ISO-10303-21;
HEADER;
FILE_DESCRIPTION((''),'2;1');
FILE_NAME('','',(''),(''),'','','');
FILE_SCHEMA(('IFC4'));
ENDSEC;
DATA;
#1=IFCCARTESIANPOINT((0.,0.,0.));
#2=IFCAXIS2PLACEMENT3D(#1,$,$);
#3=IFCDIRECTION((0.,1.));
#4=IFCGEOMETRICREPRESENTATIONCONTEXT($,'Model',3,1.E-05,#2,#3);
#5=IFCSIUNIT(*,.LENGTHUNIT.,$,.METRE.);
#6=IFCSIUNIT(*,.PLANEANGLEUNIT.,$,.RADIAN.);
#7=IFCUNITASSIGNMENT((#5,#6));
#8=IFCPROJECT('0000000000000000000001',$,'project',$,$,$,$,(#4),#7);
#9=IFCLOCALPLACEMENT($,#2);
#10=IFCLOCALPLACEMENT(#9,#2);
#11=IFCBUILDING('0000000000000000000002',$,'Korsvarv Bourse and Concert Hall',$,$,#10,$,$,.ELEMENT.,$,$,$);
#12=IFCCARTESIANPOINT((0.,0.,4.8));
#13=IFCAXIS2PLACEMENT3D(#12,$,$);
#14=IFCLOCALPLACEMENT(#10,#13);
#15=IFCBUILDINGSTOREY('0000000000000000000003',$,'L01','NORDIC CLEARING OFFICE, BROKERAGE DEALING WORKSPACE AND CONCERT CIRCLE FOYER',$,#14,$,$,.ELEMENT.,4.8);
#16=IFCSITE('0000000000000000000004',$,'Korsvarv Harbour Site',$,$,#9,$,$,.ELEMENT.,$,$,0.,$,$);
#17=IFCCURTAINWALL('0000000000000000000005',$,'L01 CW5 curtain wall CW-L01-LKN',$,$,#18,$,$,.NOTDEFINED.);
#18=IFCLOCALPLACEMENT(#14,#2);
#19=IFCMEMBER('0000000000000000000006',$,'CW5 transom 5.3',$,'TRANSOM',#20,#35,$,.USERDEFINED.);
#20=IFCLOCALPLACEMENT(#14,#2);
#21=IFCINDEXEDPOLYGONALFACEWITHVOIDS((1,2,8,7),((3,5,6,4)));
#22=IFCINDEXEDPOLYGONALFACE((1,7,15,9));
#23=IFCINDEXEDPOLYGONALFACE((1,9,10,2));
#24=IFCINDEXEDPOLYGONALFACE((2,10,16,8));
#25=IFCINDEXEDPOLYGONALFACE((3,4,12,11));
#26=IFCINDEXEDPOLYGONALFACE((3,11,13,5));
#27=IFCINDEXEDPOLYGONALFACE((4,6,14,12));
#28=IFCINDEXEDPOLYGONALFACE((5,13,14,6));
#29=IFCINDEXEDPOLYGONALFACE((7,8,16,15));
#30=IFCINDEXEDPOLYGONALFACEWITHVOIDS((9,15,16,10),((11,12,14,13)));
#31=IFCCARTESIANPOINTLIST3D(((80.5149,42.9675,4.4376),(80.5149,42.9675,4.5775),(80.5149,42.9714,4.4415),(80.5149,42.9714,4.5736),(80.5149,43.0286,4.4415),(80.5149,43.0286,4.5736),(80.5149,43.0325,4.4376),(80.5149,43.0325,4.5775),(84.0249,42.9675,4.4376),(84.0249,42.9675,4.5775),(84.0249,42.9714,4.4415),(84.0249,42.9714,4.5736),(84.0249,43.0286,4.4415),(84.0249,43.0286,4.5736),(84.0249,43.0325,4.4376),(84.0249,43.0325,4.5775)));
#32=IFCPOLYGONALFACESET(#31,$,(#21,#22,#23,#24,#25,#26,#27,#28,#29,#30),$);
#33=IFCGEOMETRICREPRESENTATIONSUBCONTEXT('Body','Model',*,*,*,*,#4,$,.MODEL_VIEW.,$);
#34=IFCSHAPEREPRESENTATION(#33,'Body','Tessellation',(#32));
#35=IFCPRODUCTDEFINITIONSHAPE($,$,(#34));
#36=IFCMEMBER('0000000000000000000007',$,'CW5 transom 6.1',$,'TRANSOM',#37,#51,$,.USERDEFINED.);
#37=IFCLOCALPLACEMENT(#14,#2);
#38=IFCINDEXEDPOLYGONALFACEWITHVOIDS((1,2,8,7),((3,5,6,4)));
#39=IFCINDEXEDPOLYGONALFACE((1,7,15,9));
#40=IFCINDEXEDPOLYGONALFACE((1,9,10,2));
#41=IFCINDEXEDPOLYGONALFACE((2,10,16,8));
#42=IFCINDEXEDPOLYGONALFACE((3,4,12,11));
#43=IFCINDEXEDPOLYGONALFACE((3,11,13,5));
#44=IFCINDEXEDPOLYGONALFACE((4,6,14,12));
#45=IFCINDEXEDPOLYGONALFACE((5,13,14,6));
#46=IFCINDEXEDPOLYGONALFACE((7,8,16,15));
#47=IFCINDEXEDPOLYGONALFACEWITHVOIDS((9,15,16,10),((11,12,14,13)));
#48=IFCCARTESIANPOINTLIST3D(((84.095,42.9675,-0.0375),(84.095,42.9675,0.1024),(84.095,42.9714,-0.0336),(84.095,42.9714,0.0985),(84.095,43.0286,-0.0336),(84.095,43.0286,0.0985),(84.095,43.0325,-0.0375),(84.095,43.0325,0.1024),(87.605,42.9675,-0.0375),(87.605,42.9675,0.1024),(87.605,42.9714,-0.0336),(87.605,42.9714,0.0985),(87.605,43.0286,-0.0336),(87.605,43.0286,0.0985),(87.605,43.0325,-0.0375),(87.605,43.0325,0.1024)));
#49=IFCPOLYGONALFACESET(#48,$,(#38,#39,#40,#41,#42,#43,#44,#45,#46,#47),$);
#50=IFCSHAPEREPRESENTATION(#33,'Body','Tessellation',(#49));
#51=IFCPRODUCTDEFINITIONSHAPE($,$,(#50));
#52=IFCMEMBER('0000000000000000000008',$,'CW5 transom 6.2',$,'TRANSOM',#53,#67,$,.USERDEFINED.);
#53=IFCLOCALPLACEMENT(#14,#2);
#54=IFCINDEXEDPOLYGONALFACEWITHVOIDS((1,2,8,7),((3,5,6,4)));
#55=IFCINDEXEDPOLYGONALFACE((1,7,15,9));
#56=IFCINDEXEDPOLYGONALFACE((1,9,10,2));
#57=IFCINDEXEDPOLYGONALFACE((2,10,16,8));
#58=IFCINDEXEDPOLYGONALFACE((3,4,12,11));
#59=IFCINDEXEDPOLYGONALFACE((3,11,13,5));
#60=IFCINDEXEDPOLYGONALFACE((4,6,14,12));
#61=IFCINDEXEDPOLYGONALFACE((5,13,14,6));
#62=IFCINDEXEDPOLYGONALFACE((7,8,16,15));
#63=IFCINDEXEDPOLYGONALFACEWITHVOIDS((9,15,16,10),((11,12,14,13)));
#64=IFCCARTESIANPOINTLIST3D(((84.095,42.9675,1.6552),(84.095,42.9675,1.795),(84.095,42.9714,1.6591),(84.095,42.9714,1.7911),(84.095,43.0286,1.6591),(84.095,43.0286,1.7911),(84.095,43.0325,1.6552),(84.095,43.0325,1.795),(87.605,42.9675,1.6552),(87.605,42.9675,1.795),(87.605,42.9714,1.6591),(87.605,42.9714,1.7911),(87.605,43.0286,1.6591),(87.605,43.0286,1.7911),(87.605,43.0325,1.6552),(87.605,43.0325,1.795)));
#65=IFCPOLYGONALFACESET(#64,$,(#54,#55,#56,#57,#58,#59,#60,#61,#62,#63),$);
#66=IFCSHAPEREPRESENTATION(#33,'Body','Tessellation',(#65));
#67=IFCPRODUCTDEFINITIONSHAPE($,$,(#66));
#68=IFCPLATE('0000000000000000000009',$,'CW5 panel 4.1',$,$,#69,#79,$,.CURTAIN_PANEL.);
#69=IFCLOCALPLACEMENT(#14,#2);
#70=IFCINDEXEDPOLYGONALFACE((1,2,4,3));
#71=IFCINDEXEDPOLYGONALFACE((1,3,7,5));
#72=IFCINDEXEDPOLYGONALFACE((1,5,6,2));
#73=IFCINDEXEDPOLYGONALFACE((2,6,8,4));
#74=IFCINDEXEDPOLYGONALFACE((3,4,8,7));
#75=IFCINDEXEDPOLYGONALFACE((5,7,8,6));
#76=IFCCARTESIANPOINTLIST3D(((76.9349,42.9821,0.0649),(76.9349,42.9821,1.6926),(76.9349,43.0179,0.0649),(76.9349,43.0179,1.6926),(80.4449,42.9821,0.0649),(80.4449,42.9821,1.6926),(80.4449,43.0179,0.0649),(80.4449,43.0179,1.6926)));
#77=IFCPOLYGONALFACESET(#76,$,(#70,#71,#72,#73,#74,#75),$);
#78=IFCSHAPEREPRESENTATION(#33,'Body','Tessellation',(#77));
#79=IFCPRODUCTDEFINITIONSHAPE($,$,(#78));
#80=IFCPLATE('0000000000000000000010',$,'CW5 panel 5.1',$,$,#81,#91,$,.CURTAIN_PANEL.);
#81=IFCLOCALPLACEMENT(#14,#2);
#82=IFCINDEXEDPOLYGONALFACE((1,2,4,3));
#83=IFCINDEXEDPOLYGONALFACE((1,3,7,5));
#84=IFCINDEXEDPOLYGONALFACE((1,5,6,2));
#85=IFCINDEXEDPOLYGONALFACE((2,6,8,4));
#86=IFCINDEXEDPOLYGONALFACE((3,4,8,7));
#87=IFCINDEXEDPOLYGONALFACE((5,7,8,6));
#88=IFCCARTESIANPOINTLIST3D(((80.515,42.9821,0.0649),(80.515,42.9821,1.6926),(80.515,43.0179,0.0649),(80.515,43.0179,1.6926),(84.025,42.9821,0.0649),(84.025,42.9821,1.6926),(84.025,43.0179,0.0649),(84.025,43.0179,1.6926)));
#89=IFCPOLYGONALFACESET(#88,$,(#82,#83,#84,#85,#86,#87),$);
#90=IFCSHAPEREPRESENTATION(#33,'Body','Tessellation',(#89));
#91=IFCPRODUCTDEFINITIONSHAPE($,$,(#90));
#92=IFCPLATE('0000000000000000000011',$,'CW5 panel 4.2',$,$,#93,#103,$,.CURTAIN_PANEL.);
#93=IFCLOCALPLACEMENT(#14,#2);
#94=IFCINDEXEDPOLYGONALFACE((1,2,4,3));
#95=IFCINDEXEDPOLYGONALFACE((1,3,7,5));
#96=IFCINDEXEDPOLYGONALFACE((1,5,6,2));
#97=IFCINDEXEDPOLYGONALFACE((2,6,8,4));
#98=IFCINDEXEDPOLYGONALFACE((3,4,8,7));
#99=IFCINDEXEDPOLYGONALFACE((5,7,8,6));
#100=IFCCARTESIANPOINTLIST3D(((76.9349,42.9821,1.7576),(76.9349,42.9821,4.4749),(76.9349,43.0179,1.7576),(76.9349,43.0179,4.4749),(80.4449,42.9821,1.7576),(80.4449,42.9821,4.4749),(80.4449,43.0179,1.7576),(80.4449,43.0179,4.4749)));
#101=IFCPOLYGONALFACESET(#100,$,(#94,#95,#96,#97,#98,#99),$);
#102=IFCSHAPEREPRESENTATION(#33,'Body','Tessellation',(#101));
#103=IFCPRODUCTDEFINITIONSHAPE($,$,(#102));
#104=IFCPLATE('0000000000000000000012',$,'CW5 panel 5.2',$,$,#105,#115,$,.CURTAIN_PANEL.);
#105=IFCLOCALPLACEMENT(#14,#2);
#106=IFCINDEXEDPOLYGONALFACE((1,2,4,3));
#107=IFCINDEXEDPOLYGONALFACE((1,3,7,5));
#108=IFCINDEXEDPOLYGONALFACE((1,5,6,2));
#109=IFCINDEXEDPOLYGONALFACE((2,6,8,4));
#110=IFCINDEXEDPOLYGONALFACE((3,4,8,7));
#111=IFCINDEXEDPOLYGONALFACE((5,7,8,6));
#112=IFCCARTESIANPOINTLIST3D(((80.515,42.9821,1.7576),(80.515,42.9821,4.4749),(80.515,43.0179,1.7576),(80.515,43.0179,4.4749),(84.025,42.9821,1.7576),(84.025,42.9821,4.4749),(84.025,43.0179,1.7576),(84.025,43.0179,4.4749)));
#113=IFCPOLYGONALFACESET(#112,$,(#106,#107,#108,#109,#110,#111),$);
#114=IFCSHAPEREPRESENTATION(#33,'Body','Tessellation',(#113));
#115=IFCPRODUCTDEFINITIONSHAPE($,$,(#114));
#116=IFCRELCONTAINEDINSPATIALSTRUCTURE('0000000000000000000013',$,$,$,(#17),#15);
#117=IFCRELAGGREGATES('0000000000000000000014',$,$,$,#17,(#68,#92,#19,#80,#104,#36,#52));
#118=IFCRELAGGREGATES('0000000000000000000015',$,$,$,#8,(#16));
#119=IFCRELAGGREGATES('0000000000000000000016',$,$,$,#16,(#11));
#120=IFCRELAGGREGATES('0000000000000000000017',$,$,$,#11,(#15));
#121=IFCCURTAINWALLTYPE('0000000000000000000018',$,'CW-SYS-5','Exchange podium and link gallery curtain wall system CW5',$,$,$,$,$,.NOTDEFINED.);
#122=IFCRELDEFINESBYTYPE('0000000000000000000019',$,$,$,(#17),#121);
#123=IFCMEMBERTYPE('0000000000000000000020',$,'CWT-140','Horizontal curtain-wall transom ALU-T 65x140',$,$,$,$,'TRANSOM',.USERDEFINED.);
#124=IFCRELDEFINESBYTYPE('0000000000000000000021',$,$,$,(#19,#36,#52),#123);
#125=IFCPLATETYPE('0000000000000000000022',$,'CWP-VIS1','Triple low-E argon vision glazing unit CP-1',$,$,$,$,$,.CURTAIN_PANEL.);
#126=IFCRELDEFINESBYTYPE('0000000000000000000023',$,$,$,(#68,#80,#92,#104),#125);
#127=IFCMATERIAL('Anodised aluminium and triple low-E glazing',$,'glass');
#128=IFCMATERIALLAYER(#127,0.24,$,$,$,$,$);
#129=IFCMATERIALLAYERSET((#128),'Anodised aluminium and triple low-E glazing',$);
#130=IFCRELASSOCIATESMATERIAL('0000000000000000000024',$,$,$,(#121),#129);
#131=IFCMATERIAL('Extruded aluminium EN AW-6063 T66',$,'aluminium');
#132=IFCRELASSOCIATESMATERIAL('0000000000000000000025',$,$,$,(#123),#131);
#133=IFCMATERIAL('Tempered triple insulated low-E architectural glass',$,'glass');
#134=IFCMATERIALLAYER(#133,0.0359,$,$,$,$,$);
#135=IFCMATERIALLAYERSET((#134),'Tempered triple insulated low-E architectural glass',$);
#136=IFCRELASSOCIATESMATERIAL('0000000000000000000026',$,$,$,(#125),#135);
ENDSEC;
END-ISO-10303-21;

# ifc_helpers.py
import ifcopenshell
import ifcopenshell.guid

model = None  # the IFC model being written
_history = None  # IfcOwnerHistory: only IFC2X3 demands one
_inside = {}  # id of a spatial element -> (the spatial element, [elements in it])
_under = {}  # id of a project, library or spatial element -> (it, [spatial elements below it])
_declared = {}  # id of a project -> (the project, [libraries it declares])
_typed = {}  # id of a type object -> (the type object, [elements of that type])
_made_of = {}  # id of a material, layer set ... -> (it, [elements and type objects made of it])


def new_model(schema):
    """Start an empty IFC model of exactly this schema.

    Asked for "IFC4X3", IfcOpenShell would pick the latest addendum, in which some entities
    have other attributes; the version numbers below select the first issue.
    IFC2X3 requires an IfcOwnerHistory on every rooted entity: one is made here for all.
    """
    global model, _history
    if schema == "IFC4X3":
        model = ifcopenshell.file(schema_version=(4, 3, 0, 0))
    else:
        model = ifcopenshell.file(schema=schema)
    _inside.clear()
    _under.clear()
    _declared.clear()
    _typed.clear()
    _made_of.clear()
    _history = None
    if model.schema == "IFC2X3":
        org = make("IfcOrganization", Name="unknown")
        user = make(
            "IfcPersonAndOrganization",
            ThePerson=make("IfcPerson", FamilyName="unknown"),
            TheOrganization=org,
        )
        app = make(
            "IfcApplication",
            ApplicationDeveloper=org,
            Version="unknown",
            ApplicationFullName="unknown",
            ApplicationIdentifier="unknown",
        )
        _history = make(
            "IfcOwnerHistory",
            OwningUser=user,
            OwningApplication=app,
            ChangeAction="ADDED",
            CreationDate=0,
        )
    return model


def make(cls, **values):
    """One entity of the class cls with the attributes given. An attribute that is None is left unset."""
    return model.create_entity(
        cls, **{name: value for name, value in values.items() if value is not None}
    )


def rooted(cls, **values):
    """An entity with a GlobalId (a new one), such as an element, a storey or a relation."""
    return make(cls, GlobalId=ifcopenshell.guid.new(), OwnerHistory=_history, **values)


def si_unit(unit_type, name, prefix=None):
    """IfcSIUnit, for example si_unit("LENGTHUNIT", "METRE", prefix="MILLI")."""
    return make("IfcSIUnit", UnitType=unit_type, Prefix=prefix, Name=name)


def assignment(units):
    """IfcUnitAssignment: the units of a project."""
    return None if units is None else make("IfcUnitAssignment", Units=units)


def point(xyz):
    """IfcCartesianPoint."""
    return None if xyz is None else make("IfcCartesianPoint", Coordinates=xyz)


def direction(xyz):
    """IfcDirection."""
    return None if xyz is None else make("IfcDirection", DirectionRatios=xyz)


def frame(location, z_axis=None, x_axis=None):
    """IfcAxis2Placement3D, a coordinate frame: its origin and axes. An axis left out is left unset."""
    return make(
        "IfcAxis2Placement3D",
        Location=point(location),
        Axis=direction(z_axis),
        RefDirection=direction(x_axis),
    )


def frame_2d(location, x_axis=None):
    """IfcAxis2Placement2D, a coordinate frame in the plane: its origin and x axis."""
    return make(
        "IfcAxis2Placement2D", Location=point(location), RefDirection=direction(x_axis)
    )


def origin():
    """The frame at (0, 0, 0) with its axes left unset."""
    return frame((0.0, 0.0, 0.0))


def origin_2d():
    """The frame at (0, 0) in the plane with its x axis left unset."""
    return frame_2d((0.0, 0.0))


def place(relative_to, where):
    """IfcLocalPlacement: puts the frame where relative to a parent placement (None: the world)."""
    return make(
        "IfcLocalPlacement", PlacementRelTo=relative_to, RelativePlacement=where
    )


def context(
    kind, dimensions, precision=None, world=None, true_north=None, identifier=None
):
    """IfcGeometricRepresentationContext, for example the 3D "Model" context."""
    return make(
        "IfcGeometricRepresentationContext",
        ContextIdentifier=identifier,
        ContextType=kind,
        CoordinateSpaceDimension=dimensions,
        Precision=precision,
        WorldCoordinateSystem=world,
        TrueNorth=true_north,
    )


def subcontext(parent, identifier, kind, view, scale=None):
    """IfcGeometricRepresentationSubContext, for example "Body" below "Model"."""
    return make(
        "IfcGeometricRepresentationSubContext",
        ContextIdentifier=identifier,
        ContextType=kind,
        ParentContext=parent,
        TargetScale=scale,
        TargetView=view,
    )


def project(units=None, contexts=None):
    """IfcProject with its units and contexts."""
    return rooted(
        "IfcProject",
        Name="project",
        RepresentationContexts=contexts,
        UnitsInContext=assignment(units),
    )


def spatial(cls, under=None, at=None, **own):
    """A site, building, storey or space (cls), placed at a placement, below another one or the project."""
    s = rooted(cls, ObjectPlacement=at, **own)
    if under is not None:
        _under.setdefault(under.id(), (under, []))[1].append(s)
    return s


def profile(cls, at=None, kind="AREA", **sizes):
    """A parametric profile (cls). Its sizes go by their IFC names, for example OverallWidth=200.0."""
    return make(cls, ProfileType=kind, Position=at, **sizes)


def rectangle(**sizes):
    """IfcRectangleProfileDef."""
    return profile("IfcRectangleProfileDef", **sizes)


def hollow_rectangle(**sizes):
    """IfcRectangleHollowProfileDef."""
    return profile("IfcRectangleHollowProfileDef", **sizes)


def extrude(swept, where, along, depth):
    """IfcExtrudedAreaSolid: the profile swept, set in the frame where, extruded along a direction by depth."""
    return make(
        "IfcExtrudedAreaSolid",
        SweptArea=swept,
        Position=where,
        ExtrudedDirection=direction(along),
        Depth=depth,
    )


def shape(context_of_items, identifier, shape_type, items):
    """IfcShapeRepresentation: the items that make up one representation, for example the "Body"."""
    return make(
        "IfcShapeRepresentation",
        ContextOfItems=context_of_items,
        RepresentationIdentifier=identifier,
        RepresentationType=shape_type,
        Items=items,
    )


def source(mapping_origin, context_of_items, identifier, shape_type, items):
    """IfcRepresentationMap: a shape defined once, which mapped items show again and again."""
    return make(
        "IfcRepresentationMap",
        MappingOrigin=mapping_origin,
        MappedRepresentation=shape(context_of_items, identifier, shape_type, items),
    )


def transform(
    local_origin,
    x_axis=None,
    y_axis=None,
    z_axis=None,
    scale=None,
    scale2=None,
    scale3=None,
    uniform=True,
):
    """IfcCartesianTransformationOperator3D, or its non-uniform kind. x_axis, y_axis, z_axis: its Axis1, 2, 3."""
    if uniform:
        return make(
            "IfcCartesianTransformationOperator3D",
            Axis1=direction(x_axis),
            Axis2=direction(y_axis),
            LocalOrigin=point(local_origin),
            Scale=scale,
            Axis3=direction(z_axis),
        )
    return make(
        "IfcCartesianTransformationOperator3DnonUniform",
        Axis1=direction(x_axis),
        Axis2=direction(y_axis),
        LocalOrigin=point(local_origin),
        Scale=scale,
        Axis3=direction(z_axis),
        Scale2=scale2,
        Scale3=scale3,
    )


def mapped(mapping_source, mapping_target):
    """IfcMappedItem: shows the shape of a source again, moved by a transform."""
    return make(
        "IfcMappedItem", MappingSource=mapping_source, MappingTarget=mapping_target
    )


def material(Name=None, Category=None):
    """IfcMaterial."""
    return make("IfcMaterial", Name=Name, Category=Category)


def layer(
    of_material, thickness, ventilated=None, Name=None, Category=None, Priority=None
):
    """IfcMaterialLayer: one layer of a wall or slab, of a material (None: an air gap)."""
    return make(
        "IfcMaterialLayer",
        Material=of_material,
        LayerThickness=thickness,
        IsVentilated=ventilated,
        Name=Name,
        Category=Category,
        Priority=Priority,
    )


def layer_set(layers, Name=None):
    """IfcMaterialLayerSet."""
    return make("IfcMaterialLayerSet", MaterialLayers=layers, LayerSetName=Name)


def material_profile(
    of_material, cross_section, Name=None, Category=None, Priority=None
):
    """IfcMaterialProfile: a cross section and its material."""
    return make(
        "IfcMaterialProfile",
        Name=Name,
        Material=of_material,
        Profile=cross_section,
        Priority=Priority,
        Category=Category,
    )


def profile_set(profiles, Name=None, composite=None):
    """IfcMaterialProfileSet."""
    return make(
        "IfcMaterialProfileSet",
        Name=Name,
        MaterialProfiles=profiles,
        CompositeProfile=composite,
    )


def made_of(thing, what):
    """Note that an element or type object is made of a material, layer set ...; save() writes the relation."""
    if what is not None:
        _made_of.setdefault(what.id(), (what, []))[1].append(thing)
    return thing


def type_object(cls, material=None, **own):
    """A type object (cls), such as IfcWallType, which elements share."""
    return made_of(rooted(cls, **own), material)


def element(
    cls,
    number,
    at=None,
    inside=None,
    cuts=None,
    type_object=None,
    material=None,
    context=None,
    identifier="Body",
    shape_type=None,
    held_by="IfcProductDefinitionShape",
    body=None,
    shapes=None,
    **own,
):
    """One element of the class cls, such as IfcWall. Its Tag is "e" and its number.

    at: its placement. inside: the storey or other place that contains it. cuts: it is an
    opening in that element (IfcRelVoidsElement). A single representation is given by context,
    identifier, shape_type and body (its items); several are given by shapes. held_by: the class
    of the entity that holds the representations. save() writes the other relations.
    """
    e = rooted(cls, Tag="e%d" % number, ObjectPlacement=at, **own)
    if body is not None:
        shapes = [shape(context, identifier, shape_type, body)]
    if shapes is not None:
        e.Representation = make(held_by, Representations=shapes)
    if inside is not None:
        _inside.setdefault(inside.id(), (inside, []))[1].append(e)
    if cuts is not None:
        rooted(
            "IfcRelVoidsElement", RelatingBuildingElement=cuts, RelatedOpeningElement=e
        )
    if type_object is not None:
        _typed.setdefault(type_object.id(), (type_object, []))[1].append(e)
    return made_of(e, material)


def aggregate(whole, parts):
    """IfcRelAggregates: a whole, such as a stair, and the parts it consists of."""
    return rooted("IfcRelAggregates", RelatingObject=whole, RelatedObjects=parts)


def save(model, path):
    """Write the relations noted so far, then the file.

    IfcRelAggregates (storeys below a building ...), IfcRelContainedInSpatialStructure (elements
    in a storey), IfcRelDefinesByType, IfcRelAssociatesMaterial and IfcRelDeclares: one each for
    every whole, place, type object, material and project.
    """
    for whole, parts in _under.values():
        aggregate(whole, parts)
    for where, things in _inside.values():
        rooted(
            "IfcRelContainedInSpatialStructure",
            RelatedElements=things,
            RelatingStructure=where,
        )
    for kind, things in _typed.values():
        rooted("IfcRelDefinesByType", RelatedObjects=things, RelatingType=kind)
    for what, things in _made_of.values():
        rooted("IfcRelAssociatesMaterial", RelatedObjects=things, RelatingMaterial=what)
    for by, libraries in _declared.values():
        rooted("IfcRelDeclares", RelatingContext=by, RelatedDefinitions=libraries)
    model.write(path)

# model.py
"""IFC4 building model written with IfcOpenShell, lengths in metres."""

from ifc_helpers import new_model, si_unit, direction, frame, origin, origin_2d, place, context, subcontext, project, spatial, rectangle, hollow_rectangle, extrude, source, transform, mapped, material, layer, layer_set, material_profile, profile_set, type_object, element, aggregate, save


model = new_model("IFC4")

# Units and contexts
model_context = context("Model", 3, precision=1e-05, world=origin(), true_north=direction((0.0, 1.0)))
body_context = subcontext(model_context, "Body", "Model", "MODEL_VIEW")
ifc_project = project(units=[si_unit("LENGTHUNIT", "METRE"), si_unit("PLANEANGLEUNIT", "RADIAN")], contexts=[model_context])

# Site, building, storey
site_placement = place(None, origin())
site = spatial("IfcSite", under=ifc_project, at=site_placement, Name="Korsvarv Harbour Site", CompositionType="ELEMENT", RefElevation=0.0)
building_placement = place(site_placement, origin())
building = spatial("IfcBuilding", under=site, at=building_placement, Name="Korsvarv Bourse and Concert Hall", CompositionType="ELEMENT")
storey_placement = place(building_placement, frame((0.0, 0.0, 4.8)))
storey = spatial("IfcBuildingStorey", under=building, at=storey_placement, Name="L01", Description="NORDIC CLEARING OFFICE, BROKERAGE DEALING WORKSPACE AND CONCERT CIRCLE FOYER", CompositionType="ELEMENT", Elevation=4.8)

# Curtain wall, members, plates
ifc_material_1 = material(Name="Anodised aluminium and triple low-E glazing", Category="glass")
ifc_layer_1 = layer(ifc_material_1, 0.24)
ifc_layer_set_1 = layer_set([ifc_layer_1], Name="Anodised aluminium and triple low-E glazing")
curtain_wall_type = type_object("IfcCurtainWallType", Name="CW-SYS-5", Description="Exchange podium and link gallery curtain wall system CW5", PredefinedType="NOTDEFINED", material=ifc_layer_set_1)
curtain_wall_placement = place(storey_placement, origin())
curtain_wall = element("IfcCurtainWall", 1, at=curtain_wall_placement, inside=storey, type_object=curtain_wall_type, Name="L01 CW5 curtain wall CW-L01-LKN", PredefinedType="NOTDEFINED")
ifc_material_2 = material(Name="Extruded aluminium EN AW-6063 T66", Category="aluminium")
ifc_material_profile_1 = material_profile(ifc_material_2, hollow_rectangle(XDim=0.0649, YDim=0.1399, WallThickness=0.0039, at=origin_2d()), Name="ALU-T 65x140")
ifc_profile_set_1 = profile_set([ifc_material_profile_1], Name="Extruded aluminium EN AW-6063 T66")
member_type_1 = type_object("IfcMemberType", Name="CWT-140", Description="Horizontal curtain-wall transom ALU-T 65x140", ElementType="TRANSOM", PredefinedType="USERDEFINED", material=ifc_profile_set_1)
shared_shape_1 = source(origin(), body_context, "Body", "SweptSolid", [
    extrude(hollow_rectangle(XDim=0.0649, YDim=0.1399, WallThickness=0.0039, at=origin_2d()), origin(), (0.0, 0.0, 1.0), 3.51),
])
member_1_placement = place(storey_placement, frame((80.5149, 43.0, 4.5076), z_axis=(1.0, 0.0, 0.0), x_axis=(0.0, 1.0, 0.0)))
member_1 = element("IfcMember", 2, at=member_1_placement, type_object=member_type_1, Name="CW5 transom 5.3", ObjectType="TRANSOM", PredefinedType="USERDEFINED", context=body_context, shape_type="MappedRepresentation", body=[
    mapped(shared_shape_1, transform((0.0, 0.0, 0.0), scale=1.0)),
])
member_2_placement = place(storey_placement, frame((84.095, 43.0, 0.0325), z_axis=(1.0, 0.0, 0.0), x_axis=(0.0, 1.0, 0.0)))
member_2 = element("IfcMember", 3, at=member_2_placement, type_object=member_type_1, Name="CW5 transom 6.1", ObjectType="TRANSOM", PredefinedType="USERDEFINED", context=body_context, shape_type="MappedRepresentation", body=[
    mapped(shared_shape_1, transform((0.0, 0.0, 0.0), scale=1.0)),
])
member_3_placement = place(storey_placement, frame((84.095, 43.0, 1.7251), z_axis=(1.0, 0.0, 0.0), x_axis=(0.0, 1.0, 0.0)))
member_3 = element("IfcMember", 4, at=member_3_placement, type_object=member_type_1, Name="CW5 transom 6.2", ObjectType="TRANSOM", PredefinedType="USERDEFINED", context=body_context, shape_type="MappedRepresentation", body=[
    mapped(shared_shape_1, transform((0.0, 0.0, 0.0), scale=1.0)),
])
ifc_material_3 = material(Name="Tempered triple insulated low-E architectural glass", Category="glass")
ifc_layer_2 = layer(ifc_material_3, 0.0359)
ifc_layer_set_2 = layer_set([ifc_layer_2], Name="Tempered triple insulated low-E architectural glass")
plate_type = type_object("IfcPlateType", Name="CWP-VIS1", Description="Triple low-E argon vision glazing unit CP-1", PredefinedType="CURTAIN_PANEL", material=ifc_layer_set_2)
shared_shape_2 = source(origin(), body_context, "Body", "SweptSolid", [
    extrude(rectangle(XDim=3.51, YDim=0.0359, at=origin_2d()), origin(), (0.0, 0.0, 1.0), 1.6277),
])
plate_1_placement = place(storey_placement, frame((78.6899, 43.0, 0.0649), z_axis=(0.0, 0.0, 1.0), x_axis=(1.0, 0.0, 0.0)))
plate_1 = element("IfcPlate", 5, at=plate_1_placement, type_object=plate_type, Name="CW5 panel 4.1", PredefinedType="CURTAIN_PANEL", context=body_context, shape_type="MappedRepresentation", body=[
    mapped(shared_shape_2, transform((0.0, 0.0, 0.0), scale=1.0)),
])
plate_2_placement = place(storey_placement, frame((82.27, 43.0, 0.0649), z_axis=(0.0, 0.0, 1.0), x_axis=(1.0, 0.0, 0.0)))
plate_2 = element("IfcPlate", 6, at=plate_2_placement, type_object=plate_type, Name="CW5 panel 5.1", PredefinedType="CURTAIN_PANEL", context=body_context, shape_type="MappedRepresentation", body=[
    mapped(shared_shape_2, transform((0.0, 0.0, 0.0), scale=1.0)),
])
shared_shape_3 = source(origin(), body_context, "Body", "SweptSolid", [
    extrude(rectangle(XDim=3.51, YDim=0.0359, at=origin_2d()), origin(), (0.0, 0.0, 1.0), 2.7173),
])
plate_3_placement = place(storey_placement, frame((78.6899, 43.0, 1.7576), z_axis=(0.0, 0.0, 1.0), x_axis=(1.0, 0.0, 0.0)))
plate_3 = element("IfcPlate", 7, at=plate_3_placement, type_object=plate_type, Name="CW5 panel 4.2", PredefinedType="CURTAIN_PANEL", context=body_context, shape_type="MappedRepresentation", body=[
    mapped(shared_shape_3, transform((0.0, 0.0, 0.0), scale=1.0)),
])
plate_4_placement = place(storey_placement, frame((82.27, 43.0, 1.7576), z_axis=(0.0, 0.0, 1.0), x_axis=(1.0, 0.0, 0.0)))
plate_4 = element("IfcPlate", 8, at=plate_4_placement, type_object=plate_type, Name="CW5 panel 5.2", PredefinedType="CURTAIN_PANEL", context=body_context, shape_type="MappedRepresentation", body=[
    mapped(shared_shape_3, transform((0.0, 0.0, 0.0), scale=1.0)),
])
aggregate(curtain_wall, [plate_1, plate_3, member_1, plate_2, plate_4, member_2, member_3])

save(model, "model.ifc")
